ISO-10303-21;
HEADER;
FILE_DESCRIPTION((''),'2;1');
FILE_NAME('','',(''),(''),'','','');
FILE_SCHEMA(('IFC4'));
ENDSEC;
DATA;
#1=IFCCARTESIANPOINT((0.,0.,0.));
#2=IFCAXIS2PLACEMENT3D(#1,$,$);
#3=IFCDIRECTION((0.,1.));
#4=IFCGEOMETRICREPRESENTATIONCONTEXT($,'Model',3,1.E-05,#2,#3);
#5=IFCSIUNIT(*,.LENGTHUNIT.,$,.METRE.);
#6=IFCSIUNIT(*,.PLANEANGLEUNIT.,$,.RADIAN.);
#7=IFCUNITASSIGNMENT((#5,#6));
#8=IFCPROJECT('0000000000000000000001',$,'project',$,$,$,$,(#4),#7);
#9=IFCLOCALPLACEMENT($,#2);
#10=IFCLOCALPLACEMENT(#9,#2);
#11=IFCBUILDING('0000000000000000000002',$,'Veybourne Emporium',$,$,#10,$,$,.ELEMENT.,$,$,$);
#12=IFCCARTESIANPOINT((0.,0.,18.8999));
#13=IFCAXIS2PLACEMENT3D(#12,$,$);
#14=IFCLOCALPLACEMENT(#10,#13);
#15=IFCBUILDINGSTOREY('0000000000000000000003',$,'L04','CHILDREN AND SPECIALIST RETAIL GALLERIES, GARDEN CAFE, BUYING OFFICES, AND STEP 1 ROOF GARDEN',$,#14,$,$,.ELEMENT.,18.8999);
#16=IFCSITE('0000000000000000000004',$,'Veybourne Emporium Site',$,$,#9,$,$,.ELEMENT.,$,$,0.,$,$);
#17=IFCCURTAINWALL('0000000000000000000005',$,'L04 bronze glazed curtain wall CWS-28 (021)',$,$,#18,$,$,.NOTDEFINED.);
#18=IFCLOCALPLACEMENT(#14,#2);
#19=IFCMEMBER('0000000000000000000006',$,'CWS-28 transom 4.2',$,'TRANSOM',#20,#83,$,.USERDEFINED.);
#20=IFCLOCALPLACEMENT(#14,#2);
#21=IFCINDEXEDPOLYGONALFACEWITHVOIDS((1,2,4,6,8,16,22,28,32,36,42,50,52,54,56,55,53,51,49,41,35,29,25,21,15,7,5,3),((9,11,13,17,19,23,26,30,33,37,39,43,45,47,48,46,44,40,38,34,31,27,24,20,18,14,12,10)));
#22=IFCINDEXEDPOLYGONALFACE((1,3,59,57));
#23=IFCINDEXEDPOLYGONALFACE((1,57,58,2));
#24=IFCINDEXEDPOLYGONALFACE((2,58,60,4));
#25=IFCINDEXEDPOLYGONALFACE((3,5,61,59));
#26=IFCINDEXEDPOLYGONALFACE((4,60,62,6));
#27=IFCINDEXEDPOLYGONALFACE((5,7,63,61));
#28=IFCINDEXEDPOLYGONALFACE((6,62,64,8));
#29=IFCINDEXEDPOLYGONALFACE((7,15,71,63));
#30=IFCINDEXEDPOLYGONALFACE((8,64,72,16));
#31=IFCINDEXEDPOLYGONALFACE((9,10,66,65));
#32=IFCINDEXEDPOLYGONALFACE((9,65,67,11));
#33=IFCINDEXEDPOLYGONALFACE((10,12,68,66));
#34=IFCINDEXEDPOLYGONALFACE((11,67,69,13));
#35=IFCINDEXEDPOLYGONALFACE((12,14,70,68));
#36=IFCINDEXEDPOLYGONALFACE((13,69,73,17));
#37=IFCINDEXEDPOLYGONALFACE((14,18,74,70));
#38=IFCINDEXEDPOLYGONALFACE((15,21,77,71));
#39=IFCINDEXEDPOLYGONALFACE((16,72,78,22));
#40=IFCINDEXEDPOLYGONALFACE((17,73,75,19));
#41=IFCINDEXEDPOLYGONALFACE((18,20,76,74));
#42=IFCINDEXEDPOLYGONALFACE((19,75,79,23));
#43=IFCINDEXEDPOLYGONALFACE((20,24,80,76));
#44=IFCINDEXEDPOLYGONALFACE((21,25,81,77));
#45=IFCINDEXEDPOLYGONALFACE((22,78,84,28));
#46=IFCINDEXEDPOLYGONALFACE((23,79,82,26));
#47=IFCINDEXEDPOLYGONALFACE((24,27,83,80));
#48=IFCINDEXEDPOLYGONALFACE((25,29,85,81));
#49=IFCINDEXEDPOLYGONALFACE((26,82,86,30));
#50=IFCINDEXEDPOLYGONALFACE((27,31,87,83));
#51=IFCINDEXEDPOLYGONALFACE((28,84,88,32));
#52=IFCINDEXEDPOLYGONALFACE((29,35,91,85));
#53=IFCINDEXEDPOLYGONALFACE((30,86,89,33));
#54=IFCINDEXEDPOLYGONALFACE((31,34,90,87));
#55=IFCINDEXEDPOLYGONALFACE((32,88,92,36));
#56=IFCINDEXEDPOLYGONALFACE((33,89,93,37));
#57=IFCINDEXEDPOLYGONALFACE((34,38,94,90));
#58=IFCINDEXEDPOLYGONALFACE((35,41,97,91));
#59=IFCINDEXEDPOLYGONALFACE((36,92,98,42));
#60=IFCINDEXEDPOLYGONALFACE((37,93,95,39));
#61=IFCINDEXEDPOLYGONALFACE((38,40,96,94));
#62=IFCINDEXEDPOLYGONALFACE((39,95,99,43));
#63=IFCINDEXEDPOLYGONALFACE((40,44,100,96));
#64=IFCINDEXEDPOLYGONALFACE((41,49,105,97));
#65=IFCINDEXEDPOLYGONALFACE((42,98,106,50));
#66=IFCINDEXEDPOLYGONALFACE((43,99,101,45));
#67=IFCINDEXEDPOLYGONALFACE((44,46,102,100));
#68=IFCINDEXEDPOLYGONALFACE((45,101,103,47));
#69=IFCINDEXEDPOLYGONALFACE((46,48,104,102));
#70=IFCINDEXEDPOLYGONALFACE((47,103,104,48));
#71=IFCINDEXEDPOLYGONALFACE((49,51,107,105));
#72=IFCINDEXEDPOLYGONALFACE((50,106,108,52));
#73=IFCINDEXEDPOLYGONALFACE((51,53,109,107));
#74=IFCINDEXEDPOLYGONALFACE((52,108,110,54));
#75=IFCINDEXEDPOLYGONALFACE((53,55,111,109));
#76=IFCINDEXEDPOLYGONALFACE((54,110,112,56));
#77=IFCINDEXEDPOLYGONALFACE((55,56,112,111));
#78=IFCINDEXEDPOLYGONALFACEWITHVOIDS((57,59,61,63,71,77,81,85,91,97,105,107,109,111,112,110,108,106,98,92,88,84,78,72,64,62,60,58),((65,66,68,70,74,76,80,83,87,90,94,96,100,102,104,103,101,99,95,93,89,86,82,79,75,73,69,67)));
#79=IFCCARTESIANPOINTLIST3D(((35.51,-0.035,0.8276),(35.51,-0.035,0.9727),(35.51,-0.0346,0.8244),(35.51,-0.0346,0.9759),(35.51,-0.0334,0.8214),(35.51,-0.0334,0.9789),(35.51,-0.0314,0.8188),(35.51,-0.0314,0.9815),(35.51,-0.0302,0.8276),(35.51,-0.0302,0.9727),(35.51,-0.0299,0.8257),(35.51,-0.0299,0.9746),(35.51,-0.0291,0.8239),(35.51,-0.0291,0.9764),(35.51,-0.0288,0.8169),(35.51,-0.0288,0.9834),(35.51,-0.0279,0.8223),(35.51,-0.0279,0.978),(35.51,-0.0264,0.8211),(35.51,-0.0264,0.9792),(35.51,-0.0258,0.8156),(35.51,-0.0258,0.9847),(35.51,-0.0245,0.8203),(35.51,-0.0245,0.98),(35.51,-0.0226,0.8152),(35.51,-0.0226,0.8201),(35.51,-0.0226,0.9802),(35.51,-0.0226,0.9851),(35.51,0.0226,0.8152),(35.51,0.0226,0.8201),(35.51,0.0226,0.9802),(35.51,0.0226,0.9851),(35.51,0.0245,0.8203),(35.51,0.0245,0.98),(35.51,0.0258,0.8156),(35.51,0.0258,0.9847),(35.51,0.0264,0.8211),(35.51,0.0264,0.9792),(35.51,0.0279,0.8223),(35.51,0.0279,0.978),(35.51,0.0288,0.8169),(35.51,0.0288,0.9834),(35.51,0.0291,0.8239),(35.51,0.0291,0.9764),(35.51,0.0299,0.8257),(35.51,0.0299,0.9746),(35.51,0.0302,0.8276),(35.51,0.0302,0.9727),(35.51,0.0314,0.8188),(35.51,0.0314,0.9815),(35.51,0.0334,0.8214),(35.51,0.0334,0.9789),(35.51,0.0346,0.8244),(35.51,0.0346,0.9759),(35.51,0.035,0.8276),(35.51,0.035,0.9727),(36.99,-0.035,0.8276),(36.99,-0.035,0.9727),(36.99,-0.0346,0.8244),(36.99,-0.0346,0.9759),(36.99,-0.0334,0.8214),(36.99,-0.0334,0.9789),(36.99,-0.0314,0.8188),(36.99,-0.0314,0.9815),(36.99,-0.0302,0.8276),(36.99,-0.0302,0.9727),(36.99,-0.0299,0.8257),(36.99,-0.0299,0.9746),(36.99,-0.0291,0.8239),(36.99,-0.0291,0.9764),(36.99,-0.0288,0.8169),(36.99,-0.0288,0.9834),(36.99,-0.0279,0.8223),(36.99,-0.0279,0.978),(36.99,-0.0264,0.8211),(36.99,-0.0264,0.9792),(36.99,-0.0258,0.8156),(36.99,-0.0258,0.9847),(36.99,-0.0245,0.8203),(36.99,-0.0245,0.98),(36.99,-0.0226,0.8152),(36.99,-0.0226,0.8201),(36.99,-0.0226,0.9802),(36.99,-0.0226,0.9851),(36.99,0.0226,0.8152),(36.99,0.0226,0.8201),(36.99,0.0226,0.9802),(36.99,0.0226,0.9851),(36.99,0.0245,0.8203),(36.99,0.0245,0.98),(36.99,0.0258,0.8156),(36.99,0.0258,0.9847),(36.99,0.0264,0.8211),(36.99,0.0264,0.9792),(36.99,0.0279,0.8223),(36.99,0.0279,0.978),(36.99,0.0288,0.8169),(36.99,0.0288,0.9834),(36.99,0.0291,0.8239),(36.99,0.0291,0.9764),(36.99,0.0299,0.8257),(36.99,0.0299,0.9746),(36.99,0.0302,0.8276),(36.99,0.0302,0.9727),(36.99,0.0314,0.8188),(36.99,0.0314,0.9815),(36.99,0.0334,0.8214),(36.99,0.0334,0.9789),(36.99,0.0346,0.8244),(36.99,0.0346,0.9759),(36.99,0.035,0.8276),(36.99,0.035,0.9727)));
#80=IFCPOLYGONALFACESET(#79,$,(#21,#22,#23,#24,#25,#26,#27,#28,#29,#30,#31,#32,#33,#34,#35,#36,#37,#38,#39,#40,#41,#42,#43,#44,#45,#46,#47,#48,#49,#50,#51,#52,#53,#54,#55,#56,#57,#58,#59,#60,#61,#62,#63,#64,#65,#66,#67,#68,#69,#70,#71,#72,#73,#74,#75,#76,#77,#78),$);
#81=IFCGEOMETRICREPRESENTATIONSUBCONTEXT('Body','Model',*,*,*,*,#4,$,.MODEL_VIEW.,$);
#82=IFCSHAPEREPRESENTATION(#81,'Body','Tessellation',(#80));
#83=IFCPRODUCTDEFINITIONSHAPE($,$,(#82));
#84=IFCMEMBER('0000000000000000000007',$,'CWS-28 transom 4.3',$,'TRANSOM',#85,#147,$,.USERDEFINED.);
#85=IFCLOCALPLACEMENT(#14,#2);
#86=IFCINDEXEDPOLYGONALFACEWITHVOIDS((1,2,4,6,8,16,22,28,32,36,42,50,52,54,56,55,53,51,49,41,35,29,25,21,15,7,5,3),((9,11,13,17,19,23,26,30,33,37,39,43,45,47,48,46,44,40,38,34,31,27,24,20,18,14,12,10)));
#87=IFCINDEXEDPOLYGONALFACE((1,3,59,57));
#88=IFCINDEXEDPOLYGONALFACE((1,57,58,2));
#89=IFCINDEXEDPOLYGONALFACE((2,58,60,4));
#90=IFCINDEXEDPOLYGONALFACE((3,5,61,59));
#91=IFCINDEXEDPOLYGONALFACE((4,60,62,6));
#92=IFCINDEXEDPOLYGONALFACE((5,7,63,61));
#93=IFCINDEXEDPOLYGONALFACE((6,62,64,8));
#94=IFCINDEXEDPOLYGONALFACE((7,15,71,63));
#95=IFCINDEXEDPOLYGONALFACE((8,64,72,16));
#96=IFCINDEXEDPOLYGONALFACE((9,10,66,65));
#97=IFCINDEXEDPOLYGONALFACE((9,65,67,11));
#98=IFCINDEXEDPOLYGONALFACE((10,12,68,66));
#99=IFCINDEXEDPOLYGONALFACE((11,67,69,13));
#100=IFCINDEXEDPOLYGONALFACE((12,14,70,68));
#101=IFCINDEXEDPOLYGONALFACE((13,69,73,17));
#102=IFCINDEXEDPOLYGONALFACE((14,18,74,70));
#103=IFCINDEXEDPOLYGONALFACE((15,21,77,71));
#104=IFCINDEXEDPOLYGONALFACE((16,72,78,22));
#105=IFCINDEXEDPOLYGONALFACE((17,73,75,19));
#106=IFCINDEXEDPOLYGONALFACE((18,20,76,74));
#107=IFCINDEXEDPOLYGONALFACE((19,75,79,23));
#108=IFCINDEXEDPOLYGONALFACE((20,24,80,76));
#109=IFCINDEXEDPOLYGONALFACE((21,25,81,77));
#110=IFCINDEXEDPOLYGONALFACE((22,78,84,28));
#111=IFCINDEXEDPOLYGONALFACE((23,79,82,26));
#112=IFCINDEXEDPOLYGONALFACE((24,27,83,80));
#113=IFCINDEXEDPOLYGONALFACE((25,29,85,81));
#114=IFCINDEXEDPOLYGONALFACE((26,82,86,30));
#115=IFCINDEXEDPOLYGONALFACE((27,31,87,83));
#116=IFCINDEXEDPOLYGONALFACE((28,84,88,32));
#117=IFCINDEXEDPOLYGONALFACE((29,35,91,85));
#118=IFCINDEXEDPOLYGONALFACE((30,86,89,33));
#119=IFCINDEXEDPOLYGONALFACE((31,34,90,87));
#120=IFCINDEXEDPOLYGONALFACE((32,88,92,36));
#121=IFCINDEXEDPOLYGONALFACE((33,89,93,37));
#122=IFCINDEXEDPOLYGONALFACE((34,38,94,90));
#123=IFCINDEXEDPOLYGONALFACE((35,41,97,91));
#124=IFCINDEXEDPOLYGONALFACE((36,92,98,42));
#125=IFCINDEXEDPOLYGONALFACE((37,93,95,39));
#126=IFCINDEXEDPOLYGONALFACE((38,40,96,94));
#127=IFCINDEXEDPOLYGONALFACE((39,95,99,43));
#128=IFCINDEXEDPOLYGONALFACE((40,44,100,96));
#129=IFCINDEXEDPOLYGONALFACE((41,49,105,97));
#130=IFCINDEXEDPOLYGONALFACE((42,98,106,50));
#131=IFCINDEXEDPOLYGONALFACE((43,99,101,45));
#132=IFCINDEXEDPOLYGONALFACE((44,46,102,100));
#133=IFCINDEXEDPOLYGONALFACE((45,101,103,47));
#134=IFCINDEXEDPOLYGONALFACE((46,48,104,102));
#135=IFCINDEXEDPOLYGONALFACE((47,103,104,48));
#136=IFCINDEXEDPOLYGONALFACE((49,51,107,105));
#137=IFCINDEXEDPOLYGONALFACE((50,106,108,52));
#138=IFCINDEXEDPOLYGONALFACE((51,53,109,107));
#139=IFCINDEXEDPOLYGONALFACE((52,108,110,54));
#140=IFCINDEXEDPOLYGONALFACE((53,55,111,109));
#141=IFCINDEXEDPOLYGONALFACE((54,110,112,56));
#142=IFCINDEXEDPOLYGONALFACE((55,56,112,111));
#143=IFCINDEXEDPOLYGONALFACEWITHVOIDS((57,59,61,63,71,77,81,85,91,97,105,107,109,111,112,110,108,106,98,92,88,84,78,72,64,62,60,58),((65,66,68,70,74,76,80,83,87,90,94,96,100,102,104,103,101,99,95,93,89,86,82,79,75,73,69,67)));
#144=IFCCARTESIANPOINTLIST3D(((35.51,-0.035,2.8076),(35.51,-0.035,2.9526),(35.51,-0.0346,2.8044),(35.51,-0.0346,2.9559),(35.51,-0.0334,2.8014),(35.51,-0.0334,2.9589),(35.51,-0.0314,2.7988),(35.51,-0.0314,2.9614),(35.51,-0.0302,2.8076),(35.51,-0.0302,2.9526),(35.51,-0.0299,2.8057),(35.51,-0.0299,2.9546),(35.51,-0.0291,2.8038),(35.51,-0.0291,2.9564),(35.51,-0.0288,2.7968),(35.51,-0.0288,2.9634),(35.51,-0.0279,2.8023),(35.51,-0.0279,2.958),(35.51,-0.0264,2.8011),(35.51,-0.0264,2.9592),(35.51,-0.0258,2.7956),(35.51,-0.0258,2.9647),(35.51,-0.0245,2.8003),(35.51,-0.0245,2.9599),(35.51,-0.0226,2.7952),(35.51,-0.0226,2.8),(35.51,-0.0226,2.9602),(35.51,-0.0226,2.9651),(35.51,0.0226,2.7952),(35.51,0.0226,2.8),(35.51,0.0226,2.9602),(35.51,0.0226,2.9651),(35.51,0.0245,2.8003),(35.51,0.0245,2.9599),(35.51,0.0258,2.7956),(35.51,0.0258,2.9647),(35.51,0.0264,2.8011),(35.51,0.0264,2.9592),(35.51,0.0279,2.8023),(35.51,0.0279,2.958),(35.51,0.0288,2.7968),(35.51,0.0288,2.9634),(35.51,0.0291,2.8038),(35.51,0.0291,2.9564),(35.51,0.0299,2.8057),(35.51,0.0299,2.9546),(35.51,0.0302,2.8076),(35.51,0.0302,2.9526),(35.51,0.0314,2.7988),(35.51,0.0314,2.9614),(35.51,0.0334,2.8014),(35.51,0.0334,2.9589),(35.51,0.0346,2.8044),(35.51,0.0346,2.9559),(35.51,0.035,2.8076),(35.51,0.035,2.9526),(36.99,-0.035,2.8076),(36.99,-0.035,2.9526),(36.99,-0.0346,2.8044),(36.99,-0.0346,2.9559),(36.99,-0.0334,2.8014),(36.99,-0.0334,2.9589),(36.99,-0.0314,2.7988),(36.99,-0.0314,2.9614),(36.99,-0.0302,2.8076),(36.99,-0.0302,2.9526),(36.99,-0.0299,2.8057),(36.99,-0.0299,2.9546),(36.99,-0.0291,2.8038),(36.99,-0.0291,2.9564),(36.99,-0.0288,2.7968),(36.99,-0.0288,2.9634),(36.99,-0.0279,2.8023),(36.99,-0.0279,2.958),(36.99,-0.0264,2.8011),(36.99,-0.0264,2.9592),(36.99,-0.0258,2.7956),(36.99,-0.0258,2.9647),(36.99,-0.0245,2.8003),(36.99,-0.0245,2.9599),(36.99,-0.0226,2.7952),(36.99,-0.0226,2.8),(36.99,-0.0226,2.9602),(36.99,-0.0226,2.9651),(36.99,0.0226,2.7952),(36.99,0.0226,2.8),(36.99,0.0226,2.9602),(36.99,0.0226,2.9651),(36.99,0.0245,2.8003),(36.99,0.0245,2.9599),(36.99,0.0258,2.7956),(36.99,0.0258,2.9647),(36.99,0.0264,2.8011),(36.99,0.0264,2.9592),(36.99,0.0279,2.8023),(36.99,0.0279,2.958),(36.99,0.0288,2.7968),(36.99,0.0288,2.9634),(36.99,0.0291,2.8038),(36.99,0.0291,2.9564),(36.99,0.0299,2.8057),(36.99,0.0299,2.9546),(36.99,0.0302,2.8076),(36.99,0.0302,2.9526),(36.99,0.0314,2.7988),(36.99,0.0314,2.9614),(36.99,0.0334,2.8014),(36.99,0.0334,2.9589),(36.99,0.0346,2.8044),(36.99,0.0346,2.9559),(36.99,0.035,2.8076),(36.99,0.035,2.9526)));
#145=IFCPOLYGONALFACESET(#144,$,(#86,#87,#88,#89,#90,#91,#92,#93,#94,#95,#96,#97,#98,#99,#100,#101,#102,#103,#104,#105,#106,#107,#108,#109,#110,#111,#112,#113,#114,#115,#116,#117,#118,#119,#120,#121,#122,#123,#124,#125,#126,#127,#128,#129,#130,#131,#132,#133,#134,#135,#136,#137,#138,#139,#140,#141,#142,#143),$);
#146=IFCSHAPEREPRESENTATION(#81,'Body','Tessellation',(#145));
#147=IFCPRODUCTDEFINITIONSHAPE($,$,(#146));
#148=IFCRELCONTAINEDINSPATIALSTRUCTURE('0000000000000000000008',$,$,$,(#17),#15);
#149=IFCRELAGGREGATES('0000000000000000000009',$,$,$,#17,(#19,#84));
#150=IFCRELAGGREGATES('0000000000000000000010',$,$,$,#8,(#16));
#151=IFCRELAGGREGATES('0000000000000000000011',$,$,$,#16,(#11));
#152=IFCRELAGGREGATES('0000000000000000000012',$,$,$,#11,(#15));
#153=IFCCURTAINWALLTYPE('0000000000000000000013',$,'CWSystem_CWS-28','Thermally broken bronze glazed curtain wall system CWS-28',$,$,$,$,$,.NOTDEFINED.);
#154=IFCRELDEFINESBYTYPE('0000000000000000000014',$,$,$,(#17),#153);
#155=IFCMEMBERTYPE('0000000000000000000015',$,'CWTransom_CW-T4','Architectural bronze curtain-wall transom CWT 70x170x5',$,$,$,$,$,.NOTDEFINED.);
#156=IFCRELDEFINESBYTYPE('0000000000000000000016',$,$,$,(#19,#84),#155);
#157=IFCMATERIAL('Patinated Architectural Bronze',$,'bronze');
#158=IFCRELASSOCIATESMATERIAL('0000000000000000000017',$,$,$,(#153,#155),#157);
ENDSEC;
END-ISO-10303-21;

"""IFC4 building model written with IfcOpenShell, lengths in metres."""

from ifc_helpers import new_model, si_unit, direction, frame, origin, origin_2d, place, context, subcontext, project, spatial, hollow_rectangle, extrude, material, material_profile, profile_set, type_object, element, aggregate, save


model = new_model("IFC4")

# Units and contexts
model_context = context("Model", 3, precision=1e-05, world=origin(), true_north=direction((0.0, 1.0)))
body_context = subcontext(model_context, "Body", "Model", "MODEL_VIEW")
ifc_project = project(units=[si_unit("LENGTHUNIT", "METRE"), si_unit("PLANEANGLEUNIT", "RADIAN")], contexts=[model_context])

# Site, building, storey
site_placement = place(None, origin())
site = spatial("IfcSite", under=ifc_project, at=site_placement, Name="Veybourne Emporium Site", CompositionType="ELEMENT", RefElevation=0.0)
building_placement = place(site_placement, origin())
building = spatial("IfcBuilding", under=site, at=building_placement, Name="Veybourne Emporium", CompositionType="ELEMENT")
storey_placement = place(building_placement, frame((0.0, 0.0, 18.8999)))
storey = spatial("IfcBuildingStorey", under=building, at=storey_placement, Name="L04", Description="CHILDREN AND SPECIALIST RETAIL GALLERIES, GARDEN CAFE, BUYING OFFICES, AND STEP 1 ROOF GARDEN", CompositionType="ELEMENT", Elevation=18.8999)

# Curtain wall, members
ifc_material_1 = material(Name="Patinated Architectural Bronze", Category="bronze")
curtain_wall_type = type_object("IfcCurtainWallType", Name="CWSystem_CWS-28", Description="Thermally broken bronze glazed curtain wall system CWS-28", PredefinedType="NOTDEFINED", material=ifc_material_1)
curtain_wall_placement = place(storey_placement, origin())
curtain_wall = element("IfcCurtainWall", 1, at=curtain_wall_placement, inside=storey, type_object=curtain_wall_type, Name="L04 bronze glazed curtain wall CWS-28 (021)", PredefinedType="NOTDEFINED")
ifc_material_profile_1 = material_profile(ifc_material_1, hollow_rectangle(XDim=0.0701, YDim=0.1699, WallThickness=0.0049, InnerFilletRadius=0.0076, OuterFilletRadius=0.0125, at=origin_2d()), Name="CWT 70x170x5")
ifc_profile_set_1 = profile_set([ifc_material_profile_1], Name="Patinated Architectural Bronze")
member_type_1 = type_object("IfcMemberType", Name="CWTransom_CW-T4", Description="Architectural bronze curtain-wall transom CWT 70x170x5", PredefinedType="NOTDEFINED", material=ifc_profile_set_1)
member_1_placement = place(storey_placement, frame((36.99, 0.0, 0.9001), z_axis=(-1.0, 0.0, 0.0), x_axis=(0.0, -1.0, 0.0)))
member_1 = element("IfcMember", 2, at=member_1_placement, type_object=member_type_1, Name="CWS-28 transom 4.2", ObjectType="TRANSOM", PredefinedType="USERDEFINED", context=body_context, shape_type="SweptSolid", body=[
    extrude(hollow_rectangle(XDim=0.0701, YDim=0.1699, WallThickness=0.0049, InnerFilletRadius=0.0076, OuterFilletRadius=0.0125, at=origin_2d()), origin(), (0.0, 0.0, 1.0), 1.48),
])
member_2_placement = place(storey_placement, frame((36.99, 0.0, 2.8801), z_axis=(-1.0, 0.0, 0.0), x_axis=(0.0, -1.0, 0.0)))
member_2 = element("IfcMember", 3, at=member_2_placement, type_object=member_type_1, Name="CWS-28 transom 4.3", ObjectType="TRANSOM", PredefinedType="USERDEFINED", context=body_context, shape_type="SweptSolid", body=[
    extrude(hollow_rectangle(XDim=0.0701, YDim=0.1699, WallThickness=0.0049, InnerFilletRadius=0.0076, OuterFilletRadius=0.0125, at=origin_2d()), origin(), (0.0, 0.0, 1.0), 1.48),
])

aggregate(curtain_wall, [member_1, member_2])

save(model, "model.ifc")
